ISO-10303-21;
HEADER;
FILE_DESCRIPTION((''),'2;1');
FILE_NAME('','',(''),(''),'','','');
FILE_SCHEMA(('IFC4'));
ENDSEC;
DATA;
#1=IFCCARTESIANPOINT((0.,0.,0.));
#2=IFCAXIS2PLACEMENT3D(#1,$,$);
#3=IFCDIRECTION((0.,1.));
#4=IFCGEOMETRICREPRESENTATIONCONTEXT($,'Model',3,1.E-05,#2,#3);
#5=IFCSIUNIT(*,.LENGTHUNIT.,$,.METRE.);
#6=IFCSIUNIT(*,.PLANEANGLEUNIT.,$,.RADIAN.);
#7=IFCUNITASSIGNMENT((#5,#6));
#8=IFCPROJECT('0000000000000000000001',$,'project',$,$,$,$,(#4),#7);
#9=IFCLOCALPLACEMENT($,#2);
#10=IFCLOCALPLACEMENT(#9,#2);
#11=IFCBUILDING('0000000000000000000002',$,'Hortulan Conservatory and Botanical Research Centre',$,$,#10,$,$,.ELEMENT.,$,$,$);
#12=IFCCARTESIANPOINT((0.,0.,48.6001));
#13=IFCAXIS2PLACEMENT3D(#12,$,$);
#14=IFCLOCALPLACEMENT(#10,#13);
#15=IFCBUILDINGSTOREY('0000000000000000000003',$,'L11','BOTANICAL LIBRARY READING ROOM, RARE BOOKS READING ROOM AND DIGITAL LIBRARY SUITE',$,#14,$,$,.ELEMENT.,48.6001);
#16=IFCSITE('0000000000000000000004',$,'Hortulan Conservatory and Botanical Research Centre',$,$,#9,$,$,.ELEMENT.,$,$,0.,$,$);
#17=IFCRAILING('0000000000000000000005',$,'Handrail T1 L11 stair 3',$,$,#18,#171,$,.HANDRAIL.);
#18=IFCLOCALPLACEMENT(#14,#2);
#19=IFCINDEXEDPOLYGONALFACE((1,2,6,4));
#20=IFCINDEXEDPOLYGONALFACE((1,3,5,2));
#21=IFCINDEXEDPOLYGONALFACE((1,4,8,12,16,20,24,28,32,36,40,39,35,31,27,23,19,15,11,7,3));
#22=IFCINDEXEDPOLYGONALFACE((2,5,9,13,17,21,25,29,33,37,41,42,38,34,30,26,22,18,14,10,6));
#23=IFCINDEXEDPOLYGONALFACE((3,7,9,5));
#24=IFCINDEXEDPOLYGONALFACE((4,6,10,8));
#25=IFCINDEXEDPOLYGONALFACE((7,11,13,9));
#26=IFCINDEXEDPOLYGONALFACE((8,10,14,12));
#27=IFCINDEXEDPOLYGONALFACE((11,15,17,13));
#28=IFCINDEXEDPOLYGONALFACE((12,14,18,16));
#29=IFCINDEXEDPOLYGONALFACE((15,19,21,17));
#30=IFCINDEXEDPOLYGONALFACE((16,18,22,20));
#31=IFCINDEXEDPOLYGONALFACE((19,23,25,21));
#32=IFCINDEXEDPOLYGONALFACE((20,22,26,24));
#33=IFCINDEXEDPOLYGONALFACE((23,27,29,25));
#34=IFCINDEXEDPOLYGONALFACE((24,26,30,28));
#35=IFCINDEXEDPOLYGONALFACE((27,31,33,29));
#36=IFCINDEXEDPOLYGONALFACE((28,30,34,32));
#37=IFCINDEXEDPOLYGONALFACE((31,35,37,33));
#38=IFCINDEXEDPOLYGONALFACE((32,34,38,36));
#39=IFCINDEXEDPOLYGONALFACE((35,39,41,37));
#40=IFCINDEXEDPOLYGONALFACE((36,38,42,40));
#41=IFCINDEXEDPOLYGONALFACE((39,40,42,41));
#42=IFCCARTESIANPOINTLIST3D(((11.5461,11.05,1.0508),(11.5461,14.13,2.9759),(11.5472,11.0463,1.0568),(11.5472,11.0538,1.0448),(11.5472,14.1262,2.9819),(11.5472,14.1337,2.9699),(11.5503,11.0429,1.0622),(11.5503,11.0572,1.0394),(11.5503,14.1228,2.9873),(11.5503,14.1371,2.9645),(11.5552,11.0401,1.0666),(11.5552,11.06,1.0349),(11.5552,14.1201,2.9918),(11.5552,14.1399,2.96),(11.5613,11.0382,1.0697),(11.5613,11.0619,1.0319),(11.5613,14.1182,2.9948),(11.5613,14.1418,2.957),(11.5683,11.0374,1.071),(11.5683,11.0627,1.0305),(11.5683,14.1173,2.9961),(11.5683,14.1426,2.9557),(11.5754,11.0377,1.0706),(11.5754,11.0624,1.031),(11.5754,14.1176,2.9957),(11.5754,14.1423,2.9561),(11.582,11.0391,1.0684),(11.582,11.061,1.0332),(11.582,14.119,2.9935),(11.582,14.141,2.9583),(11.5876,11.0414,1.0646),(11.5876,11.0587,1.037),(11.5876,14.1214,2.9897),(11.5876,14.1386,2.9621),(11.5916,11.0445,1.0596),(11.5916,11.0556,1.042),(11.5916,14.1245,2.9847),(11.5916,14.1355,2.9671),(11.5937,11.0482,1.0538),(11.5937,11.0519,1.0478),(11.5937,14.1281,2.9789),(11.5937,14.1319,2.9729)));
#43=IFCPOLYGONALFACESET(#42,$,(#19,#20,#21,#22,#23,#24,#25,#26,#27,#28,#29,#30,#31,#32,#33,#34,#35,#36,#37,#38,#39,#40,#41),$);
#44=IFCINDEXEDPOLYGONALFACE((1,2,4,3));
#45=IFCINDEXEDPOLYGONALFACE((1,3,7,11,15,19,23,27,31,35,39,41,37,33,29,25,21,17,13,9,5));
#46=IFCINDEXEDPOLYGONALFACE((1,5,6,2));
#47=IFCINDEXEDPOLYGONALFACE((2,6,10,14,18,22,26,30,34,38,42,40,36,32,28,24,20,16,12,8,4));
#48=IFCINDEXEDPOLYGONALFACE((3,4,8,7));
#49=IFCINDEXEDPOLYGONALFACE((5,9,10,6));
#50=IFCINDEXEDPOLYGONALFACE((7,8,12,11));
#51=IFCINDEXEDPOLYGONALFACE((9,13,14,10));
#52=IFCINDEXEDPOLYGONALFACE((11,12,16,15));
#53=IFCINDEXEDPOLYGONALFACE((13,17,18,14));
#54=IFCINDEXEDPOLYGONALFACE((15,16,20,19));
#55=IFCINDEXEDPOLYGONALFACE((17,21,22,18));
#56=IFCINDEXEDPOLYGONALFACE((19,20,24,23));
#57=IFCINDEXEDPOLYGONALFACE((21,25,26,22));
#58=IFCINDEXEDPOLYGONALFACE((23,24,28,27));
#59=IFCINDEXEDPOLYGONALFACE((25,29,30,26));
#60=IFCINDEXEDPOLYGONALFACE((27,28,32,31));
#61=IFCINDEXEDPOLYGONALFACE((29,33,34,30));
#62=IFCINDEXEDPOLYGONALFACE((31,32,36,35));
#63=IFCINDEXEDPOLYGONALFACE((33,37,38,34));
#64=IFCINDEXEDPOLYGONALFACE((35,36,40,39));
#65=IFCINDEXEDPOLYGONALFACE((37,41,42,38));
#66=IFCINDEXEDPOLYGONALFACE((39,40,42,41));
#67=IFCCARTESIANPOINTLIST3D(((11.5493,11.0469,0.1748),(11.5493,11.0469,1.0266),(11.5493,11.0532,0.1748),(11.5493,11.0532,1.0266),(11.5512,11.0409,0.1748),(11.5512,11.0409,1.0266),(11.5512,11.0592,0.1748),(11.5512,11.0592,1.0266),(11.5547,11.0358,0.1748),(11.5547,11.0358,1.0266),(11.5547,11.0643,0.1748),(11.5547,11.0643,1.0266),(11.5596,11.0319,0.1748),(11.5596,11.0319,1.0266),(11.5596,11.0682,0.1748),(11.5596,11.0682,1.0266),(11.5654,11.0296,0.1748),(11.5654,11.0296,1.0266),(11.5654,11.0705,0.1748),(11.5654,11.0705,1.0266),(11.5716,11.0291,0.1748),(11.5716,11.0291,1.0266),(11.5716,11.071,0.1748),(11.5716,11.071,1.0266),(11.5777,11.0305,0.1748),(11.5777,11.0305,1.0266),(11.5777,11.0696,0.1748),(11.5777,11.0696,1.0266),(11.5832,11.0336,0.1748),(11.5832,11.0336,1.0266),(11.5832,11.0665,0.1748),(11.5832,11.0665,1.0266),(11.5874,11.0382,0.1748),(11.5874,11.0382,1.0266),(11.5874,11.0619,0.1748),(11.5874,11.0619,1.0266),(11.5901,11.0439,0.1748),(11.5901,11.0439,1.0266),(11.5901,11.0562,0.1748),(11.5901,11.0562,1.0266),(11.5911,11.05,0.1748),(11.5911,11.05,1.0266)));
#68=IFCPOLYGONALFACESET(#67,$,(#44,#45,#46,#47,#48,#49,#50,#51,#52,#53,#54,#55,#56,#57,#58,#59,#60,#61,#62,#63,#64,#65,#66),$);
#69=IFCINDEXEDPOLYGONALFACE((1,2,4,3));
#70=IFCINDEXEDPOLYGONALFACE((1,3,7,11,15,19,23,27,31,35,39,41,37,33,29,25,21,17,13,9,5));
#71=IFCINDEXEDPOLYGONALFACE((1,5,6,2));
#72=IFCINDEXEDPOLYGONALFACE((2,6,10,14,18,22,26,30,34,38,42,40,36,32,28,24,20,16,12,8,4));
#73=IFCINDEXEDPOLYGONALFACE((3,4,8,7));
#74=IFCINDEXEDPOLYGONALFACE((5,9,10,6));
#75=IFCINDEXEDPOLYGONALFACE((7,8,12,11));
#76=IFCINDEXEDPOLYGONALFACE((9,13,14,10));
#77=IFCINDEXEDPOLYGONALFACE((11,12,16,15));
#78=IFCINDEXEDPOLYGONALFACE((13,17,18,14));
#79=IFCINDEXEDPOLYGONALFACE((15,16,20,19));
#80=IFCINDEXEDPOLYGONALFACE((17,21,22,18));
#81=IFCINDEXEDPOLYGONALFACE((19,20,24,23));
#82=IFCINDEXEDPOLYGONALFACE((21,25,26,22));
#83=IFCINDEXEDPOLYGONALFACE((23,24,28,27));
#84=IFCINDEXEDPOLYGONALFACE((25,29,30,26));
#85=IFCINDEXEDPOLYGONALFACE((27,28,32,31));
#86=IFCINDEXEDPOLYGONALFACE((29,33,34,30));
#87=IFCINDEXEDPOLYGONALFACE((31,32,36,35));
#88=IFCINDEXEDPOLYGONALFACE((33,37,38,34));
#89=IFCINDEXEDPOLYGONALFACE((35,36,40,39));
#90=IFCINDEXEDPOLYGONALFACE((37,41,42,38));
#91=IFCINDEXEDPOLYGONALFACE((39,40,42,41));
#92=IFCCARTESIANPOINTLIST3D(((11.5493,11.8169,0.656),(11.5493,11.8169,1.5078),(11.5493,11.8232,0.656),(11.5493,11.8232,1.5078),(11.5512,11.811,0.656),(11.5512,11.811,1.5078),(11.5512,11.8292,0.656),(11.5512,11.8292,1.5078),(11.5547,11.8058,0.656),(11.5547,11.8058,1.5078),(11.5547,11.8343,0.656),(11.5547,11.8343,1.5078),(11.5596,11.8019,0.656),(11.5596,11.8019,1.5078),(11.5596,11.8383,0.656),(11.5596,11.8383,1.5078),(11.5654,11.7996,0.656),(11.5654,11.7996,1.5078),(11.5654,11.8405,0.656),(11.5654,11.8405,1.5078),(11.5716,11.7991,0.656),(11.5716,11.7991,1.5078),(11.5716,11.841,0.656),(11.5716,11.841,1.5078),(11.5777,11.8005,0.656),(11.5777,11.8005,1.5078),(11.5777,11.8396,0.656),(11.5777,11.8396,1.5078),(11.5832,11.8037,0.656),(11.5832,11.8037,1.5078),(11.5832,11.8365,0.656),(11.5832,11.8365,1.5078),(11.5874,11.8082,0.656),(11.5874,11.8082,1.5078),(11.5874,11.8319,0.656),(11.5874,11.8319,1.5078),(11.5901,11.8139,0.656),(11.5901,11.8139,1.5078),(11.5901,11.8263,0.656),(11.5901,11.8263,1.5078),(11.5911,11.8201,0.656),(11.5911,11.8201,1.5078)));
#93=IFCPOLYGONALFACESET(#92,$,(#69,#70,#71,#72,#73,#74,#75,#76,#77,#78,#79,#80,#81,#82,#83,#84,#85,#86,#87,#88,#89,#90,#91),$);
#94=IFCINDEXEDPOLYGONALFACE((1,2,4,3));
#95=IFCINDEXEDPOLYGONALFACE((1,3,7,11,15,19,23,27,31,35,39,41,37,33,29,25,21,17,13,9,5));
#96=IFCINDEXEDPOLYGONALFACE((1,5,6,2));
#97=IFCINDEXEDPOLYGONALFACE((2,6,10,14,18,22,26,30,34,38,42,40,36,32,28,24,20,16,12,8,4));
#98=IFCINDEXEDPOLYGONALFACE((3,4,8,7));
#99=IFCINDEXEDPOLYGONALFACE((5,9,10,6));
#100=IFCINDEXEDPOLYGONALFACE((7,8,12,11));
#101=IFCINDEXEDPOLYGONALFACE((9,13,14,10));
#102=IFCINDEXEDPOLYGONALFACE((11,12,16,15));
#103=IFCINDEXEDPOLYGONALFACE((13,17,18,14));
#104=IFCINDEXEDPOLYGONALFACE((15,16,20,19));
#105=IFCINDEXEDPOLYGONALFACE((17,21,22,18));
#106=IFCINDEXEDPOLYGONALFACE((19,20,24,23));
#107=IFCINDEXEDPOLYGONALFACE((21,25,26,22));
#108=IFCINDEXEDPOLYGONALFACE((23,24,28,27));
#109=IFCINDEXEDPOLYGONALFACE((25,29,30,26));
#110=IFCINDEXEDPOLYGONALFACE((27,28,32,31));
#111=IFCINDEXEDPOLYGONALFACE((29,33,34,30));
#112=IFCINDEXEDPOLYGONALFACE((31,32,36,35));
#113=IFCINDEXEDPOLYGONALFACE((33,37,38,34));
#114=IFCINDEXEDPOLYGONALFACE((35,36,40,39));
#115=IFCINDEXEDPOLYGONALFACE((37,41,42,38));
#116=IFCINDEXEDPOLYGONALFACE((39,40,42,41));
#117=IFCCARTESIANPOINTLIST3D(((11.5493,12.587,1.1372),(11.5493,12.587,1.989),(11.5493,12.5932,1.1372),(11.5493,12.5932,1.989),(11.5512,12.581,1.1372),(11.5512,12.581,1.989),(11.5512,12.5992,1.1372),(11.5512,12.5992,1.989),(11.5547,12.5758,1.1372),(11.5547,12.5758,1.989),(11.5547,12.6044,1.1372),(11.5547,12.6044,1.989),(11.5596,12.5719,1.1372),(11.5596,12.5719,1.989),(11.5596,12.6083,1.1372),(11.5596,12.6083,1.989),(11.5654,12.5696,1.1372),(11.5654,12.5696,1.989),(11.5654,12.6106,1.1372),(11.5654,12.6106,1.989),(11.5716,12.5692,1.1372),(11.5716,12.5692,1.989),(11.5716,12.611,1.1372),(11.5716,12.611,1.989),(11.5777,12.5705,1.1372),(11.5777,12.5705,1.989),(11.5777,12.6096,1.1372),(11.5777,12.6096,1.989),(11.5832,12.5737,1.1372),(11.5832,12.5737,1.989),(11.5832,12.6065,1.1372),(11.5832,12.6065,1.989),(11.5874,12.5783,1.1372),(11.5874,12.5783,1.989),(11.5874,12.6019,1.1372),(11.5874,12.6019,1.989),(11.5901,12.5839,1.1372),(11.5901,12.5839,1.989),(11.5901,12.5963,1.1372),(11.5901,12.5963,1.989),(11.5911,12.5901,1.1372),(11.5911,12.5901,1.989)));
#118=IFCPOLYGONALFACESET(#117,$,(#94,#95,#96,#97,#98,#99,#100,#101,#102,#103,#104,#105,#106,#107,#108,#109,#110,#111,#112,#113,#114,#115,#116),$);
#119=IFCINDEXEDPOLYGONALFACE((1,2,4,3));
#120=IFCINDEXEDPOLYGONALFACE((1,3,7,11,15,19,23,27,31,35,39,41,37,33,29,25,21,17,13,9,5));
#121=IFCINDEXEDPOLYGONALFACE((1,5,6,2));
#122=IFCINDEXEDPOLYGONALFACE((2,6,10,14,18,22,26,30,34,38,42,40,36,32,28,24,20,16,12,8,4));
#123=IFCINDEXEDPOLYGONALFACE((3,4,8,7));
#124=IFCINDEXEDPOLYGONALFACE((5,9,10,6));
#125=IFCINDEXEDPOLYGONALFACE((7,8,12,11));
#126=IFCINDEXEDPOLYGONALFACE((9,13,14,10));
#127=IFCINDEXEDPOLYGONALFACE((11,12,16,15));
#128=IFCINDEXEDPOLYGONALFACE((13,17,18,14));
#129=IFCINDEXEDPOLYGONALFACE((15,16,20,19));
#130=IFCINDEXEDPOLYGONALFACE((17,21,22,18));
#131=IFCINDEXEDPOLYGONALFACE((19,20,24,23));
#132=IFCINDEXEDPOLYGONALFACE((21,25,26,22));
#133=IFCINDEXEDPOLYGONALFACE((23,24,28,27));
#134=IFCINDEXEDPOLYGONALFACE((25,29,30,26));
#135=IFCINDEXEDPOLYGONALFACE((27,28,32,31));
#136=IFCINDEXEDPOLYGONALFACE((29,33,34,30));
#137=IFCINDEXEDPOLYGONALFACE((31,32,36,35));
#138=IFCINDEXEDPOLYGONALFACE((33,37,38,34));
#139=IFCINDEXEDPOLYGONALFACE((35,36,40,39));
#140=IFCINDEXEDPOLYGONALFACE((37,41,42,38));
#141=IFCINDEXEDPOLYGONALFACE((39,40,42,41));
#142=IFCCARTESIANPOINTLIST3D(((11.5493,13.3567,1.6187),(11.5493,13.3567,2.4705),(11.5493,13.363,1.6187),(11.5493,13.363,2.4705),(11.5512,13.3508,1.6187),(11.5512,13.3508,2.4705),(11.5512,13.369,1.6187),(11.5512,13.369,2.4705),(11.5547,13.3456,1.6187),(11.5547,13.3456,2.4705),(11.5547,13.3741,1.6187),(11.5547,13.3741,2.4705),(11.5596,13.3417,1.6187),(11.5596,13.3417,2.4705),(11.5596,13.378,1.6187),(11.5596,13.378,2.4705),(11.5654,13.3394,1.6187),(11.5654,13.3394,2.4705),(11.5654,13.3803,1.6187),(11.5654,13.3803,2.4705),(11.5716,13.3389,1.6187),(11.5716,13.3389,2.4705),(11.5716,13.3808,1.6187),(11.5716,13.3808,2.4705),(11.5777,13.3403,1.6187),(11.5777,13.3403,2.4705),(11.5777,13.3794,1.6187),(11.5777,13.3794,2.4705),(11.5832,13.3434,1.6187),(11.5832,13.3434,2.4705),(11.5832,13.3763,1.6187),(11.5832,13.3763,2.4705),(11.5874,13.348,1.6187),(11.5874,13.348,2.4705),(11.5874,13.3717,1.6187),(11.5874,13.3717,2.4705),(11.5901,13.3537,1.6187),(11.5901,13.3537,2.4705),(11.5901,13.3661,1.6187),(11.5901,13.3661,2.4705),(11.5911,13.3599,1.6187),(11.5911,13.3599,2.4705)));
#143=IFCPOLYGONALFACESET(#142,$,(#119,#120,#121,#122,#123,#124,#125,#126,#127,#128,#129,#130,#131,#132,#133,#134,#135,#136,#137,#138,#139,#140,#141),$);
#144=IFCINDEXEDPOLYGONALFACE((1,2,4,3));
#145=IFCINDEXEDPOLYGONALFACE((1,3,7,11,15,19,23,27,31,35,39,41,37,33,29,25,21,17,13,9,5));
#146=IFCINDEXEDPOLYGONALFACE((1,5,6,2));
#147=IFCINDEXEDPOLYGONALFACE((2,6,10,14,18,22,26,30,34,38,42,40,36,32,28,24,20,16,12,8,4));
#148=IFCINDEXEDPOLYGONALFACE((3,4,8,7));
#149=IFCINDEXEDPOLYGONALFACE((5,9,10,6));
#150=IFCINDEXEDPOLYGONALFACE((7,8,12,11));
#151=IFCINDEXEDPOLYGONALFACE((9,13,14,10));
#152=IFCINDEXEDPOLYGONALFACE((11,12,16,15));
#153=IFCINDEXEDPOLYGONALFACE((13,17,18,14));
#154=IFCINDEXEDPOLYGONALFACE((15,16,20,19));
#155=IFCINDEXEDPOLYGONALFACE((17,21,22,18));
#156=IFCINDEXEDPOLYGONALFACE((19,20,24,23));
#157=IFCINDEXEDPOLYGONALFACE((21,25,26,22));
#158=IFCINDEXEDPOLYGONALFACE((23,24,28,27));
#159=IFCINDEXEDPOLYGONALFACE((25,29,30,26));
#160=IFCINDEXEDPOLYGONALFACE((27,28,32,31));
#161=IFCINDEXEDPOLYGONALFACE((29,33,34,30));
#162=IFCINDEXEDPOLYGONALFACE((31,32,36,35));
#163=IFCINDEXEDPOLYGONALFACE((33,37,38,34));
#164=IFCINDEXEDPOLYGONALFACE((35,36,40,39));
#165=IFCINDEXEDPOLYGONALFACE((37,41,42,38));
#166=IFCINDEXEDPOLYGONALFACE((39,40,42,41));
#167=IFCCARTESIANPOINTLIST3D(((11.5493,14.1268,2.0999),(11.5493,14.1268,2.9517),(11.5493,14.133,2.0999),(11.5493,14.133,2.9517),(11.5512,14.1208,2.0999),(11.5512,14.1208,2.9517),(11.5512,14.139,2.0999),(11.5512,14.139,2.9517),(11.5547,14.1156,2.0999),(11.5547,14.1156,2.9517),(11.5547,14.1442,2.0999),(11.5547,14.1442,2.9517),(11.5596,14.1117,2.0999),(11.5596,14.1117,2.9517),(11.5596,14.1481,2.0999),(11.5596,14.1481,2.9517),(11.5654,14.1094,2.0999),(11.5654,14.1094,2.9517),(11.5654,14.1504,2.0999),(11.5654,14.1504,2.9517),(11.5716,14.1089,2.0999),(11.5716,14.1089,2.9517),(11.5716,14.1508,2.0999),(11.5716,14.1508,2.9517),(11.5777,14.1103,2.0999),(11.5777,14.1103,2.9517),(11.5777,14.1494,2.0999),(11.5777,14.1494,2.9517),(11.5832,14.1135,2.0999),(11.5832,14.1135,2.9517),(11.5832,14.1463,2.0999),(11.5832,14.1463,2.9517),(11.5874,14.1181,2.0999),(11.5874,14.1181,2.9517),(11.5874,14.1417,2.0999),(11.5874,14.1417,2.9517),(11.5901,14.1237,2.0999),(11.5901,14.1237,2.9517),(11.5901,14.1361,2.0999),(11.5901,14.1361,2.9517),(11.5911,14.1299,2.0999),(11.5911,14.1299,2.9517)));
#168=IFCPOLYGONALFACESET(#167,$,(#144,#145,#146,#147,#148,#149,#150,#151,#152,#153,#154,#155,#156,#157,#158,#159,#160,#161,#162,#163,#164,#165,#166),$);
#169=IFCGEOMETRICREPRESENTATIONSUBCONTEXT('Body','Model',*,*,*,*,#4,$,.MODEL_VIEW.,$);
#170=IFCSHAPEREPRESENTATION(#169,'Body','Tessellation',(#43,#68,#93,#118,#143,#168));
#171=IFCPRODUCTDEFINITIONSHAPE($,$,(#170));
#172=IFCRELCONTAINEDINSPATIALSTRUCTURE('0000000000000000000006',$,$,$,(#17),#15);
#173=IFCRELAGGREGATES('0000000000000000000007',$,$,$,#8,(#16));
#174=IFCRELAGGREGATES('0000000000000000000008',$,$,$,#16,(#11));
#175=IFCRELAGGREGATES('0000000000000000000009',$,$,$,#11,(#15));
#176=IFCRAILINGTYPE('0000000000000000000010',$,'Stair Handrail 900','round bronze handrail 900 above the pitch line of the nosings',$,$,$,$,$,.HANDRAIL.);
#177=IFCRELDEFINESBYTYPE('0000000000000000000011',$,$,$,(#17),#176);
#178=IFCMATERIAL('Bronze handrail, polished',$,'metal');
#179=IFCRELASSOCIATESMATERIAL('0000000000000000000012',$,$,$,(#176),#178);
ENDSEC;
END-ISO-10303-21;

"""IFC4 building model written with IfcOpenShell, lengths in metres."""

from ifc_helpers import new_model, si_unit, direction, frame, origin, origin_2d, place, context, subcontext, project, spatial, circle, extrude, material, type_object, element, save


model = new_model("IFC4")

# Units and contexts
model_context = context("Model", 3, precision=1e-05, world=origin(), true_north=direction((0.0, 1.0)))
body_context = subcontext(model_context, "Body", "Model", "MODEL_VIEW")
ifc_project = project(units=[si_unit("LENGTHUNIT", "METRE"), si_unit("PLANEANGLEUNIT", "RADIAN")], contexts=[model_context])

# Site, building, storey
site_placement = place(None, origin())
site = spatial("IfcSite", under=ifc_project, at=site_placement, Name="Hortulan Conservatory and Botanical Research Centre", CompositionType="ELEMENT", RefElevation=0.0)
building_placement = place(site_placement, origin())
building = spatial("IfcBuilding", under=site, at=building_placement, Name="Hortulan Conservatory and Botanical Research Centre", CompositionType="ELEMENT")
storey_placement = place(building_placement, frame((0.0, 0.0, 48.6001)))
storey = spatial("IfcBuildingStorey", under=building, at=storey_placement, Name="L11", Description="BOTANICAL LIBRARY READING ROOM, RARE BOOKS READING ROOM AND DIGITAL LIBRARY SUITE", CompositionType="ELEMENT", Elevation=48.6001)

# Railing
ifc_material_1 = material(Name="Bronze handrail, polished", Category="metal")
railing_type_1 = type_object("IfcRailingType", Name="Stair Handrail 900", Description="round bronze handrail 900 above the pitch line of the nosings", PredefinedType="HANDRAIL", material=ifc_material_1)
railing_1_placement = place(storey_placement, frame((11.5701, 11.05, 0.1748)))
element("IfcRailing", 1, at=railing_1_placement, inside=storey, type_object=railing_type_1, Name="Handrail T1 L11 stair 3", PredefinedType="HANDRAIL", context=body_context, shape_type="SweptSolid", body=[
    extrude(circle(Radius=0.0239, at=origin_2d()), frame((0.0, 0.0, 0.876), z_axis=(0.0, 0.847979, 0.530029), x_axis=(-1.0, 0.0, 0.0)), (0.0, 0.0, 1.0), 3.6321),
    extrude(circle(Radius=0.021, at=origin_2d()), origin(), (0.0, 0.0, 1.0), 0.8518),
    extrude(circle(Radius=0.021, at=origin_2d()), frame((0.0, 0.77, 0.4812)), (0.0, 0.0, 1.0), 0.8518),
    extrude(circle(Radius=0.021, at=origin_2d()), frame((0.0, 1.54, 0.9624)), (0.0, 0.0, 1.0), 0.8518),
    extrude(circle(Radius=0.021, at=origin_2d()), frame((0.0, 2.3098, 1.4438)), (0.0, 0.0, 1.0), 0.8518),
    extrude(circle(Radius=0.021, at=origin_2d()), frame((0.0, 3.0798, 1.925)), (0.0, 0.0, 1.0), 0.8518),
])

save(model, "model.ifc")
